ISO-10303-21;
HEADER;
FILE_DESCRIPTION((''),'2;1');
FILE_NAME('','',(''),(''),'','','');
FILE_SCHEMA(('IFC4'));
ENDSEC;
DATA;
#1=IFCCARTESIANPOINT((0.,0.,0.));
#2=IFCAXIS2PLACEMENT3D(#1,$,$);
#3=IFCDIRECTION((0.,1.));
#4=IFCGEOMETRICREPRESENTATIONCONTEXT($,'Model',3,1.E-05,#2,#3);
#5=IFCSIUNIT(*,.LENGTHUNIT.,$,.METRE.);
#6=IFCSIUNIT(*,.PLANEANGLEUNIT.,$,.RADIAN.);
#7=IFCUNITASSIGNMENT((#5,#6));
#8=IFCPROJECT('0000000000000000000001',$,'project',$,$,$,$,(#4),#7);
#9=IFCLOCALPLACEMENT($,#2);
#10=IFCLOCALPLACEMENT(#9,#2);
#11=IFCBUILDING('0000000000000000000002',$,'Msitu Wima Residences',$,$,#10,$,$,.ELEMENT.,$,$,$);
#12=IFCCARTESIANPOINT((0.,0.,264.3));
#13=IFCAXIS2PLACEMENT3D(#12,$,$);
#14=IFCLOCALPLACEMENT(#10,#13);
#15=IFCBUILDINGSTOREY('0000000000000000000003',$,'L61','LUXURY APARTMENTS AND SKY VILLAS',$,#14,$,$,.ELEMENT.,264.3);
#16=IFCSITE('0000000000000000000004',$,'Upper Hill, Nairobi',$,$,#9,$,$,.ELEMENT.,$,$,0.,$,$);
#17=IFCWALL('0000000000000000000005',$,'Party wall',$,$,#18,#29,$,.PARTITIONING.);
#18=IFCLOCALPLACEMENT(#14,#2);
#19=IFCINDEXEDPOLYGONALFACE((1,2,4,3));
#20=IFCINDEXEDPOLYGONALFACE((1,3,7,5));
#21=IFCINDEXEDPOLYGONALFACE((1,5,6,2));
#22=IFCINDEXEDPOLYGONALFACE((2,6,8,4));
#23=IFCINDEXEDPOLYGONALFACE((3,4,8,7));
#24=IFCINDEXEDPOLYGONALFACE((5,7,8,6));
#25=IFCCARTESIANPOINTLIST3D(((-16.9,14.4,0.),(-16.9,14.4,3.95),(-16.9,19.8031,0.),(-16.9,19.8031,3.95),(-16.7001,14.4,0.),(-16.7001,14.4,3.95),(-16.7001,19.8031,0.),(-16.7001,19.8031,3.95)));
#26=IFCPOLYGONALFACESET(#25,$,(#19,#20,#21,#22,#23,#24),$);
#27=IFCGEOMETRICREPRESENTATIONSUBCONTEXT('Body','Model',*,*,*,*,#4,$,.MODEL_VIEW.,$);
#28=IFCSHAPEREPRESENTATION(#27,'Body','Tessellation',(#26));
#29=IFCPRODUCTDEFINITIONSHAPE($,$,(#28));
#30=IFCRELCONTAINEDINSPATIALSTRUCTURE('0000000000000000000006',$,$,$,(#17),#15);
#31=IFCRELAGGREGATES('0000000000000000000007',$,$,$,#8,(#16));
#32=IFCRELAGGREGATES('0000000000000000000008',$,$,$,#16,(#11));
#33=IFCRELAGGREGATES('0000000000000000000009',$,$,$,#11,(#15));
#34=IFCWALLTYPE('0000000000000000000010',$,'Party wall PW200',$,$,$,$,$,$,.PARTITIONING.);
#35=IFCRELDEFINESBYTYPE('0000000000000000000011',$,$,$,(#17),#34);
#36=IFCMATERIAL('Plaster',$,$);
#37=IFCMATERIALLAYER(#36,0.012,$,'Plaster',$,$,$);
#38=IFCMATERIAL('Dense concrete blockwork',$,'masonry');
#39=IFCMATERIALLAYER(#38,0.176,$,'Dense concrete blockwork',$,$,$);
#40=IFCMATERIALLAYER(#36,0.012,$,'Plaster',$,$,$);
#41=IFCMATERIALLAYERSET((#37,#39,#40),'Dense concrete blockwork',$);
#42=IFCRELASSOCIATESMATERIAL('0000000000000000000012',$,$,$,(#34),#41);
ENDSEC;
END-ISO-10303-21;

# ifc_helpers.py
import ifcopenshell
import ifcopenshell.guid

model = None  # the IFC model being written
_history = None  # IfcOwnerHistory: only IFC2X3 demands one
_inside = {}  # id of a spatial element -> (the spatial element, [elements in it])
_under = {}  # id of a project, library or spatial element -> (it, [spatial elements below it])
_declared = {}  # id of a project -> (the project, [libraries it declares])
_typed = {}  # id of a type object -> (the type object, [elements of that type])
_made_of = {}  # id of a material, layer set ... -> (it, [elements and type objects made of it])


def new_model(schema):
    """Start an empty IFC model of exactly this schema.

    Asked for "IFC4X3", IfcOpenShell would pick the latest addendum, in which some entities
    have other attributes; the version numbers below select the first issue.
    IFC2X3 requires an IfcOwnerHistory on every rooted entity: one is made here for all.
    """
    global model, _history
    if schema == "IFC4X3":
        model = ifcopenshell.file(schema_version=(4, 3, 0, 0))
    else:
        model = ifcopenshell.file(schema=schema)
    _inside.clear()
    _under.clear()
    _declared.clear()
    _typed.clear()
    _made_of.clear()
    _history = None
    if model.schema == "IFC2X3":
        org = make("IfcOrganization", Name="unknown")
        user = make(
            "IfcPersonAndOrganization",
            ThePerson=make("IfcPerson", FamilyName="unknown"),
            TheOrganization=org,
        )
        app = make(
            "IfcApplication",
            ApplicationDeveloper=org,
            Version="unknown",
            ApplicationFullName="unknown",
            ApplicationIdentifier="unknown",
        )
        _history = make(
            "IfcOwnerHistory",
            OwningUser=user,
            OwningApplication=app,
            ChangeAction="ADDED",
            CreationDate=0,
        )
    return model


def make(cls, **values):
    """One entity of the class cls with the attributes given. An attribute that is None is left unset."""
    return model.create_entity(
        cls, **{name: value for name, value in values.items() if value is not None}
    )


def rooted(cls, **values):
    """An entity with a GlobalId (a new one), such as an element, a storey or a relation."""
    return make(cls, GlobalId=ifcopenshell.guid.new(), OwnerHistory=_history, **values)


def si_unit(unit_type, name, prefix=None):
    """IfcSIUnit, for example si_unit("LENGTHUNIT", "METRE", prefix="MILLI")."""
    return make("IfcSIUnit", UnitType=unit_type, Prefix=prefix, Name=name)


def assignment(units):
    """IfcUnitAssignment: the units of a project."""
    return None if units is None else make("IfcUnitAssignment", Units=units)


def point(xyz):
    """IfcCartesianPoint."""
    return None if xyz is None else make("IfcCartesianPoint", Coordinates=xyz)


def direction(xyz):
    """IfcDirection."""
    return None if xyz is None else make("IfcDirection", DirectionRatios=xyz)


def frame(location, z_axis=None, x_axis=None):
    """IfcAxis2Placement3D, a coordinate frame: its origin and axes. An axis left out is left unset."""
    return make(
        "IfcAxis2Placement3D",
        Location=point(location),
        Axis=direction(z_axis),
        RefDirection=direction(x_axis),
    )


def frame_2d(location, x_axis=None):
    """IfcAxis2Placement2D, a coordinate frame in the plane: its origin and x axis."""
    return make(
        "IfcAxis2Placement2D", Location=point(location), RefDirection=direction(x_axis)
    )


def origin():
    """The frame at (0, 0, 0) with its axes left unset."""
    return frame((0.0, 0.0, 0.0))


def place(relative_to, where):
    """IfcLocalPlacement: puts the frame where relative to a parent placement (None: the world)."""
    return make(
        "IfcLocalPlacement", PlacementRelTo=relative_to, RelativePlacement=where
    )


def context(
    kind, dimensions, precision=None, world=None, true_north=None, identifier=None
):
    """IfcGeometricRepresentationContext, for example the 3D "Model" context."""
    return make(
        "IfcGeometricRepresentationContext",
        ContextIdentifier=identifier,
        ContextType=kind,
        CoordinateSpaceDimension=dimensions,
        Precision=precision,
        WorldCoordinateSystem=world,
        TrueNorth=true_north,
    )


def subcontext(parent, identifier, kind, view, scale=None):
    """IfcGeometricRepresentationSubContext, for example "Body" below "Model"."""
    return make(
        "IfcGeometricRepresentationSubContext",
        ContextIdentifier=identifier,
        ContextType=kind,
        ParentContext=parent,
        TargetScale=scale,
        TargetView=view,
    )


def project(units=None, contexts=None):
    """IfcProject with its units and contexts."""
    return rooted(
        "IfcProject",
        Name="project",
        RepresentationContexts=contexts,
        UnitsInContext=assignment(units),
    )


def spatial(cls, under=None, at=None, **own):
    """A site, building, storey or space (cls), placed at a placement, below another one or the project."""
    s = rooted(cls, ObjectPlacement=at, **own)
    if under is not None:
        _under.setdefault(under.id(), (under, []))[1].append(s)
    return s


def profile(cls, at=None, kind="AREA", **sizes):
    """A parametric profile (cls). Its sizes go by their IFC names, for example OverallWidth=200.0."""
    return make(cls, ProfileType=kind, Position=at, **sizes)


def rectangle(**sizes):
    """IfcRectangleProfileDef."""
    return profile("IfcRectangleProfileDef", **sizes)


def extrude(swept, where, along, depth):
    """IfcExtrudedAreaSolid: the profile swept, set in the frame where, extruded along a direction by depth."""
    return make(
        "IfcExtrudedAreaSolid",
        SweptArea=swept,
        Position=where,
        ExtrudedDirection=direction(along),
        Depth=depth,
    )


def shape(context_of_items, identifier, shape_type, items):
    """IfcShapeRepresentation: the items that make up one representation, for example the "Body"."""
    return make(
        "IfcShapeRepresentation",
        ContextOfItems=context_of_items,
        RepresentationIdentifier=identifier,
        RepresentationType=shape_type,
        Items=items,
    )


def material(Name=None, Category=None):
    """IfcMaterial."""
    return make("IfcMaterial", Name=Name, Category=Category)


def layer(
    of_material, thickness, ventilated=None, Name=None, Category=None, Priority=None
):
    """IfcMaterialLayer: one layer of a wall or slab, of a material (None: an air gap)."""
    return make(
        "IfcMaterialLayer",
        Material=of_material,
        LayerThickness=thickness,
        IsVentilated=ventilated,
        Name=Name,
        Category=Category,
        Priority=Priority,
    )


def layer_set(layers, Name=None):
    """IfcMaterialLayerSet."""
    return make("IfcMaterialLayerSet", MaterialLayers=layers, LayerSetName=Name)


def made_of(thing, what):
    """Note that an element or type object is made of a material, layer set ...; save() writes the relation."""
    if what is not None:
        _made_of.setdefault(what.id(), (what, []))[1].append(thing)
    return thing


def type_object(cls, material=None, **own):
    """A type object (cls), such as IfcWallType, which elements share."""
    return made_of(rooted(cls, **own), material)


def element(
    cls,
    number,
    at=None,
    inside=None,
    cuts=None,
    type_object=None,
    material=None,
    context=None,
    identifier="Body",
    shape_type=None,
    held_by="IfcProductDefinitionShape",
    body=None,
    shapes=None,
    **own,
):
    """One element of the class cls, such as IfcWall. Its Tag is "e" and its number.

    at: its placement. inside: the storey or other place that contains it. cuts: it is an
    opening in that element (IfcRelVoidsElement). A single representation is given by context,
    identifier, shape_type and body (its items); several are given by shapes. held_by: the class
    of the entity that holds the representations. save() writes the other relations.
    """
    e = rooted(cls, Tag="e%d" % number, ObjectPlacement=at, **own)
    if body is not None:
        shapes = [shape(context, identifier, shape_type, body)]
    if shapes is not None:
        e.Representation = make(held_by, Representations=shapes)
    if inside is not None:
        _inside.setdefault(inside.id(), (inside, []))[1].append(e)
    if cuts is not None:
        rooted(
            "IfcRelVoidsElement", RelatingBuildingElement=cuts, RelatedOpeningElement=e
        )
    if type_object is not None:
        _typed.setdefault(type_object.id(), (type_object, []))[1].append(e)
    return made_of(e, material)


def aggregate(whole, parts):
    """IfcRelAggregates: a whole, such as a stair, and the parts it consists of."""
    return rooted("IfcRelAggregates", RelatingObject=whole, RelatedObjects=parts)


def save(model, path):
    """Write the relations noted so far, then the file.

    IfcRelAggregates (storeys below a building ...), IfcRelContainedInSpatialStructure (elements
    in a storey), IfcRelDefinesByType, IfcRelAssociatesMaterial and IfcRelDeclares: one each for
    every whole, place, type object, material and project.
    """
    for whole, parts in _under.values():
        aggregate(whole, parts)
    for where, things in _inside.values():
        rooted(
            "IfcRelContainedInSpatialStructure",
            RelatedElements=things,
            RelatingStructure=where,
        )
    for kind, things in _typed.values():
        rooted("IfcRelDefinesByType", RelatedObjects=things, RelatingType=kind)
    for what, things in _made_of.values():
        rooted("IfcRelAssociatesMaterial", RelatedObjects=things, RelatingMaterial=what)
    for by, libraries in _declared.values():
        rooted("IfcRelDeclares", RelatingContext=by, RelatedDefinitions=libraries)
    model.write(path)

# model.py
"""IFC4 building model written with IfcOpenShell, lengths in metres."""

from ifc_helpers import new_model, si_unit, direction, frame, frame_2d, origin, place, context, subcontext, project, spatial, rectangle, extrude, material, layer, layer_set, type_object, element, save


model = new_model("IFC4")

# Units and contexts
model_context = context("Model", 3, precision=1e-05, world=origin(), true_north=direction((0.0, 1.0)))
body_context = subcontext(model_context, "Body", "Model", "MODEL_VIEW")
ifc_project = project(units=[si_unit("LENGTHUNIT", "METRE"), si_unit("PLANEANGLEUNIT", "RADIAN")], contexts=[model_context])

# Site, building, storey
site_placement = place(None, origin())
site = spatial("IfcSite", under=ifc_project, at=site_placement, Name="Upper Hill, Nairobi", CompositionType="ELEMENT", RefElevation=0.0)
building_placement = place(site_placement, origin())
building = spatial("IfcBuilding", under=site, at=building_placement, Name="Msitu Wima Residences", CompositionType="ELEMENT")
storey_placement = place(building_placement, frame((0.0, 0.0, 264.3)))
storey = spatial("IfcBuildingStorey", under=building, at=storey_placement, Name="L61", Description="LUXURY APARTMENTS AND SKY VILLAS", CompositionType="ELEMENT", Elevation=264.3)

# Shared definitions
ifc_material_1 = material(Name="Plaster")

# Wall
ifc_layer_1 = layer(ifc_material_1, 0.012, Name="Plaster")
ifc_material_2 = material(Name="Dense concrete blockwork", Category="masonry")
ifc_layer_2 = layer(ifc_material_2, 0.176, Name="Dense concrete blockwork")
ifc_layer_3 = layer(ifc_material_1, 0.012, Name="Plaster")
ifc_layer_set_1 = layer_set([ifc_layer_1, ifc_layer_2, ifc_layer_3], Name="Dense concrete blockwork")
wall_type_1 = type_object("IfcWallType", Name="Party wall PW200", PredefinedType="PARTITIONING", material=ifc_layer_set_1)
wall_1_placement = place(storey_placement, frame((-16.8, 14.3999, 0.0), z_axis=(0.0, 0.0, 1.0), x_axis=(0.0, 1.0, 0.0)))
element("IfcWall", 1, at=wall_1_placement, inside=storey, type_object=wall_type_1, Name="Party wall", PredefinedType="PARTITIONING", context=body_context, shape_type="SweptSolid", body=[
    extrude(rectangle(XDim=5.4031, YDim=0.2, at=frame_2d((2.7017, 0.0))), origin(), (0.0, 0.0, 1.0), 3.95),
])

save(model, "model.ifc")
